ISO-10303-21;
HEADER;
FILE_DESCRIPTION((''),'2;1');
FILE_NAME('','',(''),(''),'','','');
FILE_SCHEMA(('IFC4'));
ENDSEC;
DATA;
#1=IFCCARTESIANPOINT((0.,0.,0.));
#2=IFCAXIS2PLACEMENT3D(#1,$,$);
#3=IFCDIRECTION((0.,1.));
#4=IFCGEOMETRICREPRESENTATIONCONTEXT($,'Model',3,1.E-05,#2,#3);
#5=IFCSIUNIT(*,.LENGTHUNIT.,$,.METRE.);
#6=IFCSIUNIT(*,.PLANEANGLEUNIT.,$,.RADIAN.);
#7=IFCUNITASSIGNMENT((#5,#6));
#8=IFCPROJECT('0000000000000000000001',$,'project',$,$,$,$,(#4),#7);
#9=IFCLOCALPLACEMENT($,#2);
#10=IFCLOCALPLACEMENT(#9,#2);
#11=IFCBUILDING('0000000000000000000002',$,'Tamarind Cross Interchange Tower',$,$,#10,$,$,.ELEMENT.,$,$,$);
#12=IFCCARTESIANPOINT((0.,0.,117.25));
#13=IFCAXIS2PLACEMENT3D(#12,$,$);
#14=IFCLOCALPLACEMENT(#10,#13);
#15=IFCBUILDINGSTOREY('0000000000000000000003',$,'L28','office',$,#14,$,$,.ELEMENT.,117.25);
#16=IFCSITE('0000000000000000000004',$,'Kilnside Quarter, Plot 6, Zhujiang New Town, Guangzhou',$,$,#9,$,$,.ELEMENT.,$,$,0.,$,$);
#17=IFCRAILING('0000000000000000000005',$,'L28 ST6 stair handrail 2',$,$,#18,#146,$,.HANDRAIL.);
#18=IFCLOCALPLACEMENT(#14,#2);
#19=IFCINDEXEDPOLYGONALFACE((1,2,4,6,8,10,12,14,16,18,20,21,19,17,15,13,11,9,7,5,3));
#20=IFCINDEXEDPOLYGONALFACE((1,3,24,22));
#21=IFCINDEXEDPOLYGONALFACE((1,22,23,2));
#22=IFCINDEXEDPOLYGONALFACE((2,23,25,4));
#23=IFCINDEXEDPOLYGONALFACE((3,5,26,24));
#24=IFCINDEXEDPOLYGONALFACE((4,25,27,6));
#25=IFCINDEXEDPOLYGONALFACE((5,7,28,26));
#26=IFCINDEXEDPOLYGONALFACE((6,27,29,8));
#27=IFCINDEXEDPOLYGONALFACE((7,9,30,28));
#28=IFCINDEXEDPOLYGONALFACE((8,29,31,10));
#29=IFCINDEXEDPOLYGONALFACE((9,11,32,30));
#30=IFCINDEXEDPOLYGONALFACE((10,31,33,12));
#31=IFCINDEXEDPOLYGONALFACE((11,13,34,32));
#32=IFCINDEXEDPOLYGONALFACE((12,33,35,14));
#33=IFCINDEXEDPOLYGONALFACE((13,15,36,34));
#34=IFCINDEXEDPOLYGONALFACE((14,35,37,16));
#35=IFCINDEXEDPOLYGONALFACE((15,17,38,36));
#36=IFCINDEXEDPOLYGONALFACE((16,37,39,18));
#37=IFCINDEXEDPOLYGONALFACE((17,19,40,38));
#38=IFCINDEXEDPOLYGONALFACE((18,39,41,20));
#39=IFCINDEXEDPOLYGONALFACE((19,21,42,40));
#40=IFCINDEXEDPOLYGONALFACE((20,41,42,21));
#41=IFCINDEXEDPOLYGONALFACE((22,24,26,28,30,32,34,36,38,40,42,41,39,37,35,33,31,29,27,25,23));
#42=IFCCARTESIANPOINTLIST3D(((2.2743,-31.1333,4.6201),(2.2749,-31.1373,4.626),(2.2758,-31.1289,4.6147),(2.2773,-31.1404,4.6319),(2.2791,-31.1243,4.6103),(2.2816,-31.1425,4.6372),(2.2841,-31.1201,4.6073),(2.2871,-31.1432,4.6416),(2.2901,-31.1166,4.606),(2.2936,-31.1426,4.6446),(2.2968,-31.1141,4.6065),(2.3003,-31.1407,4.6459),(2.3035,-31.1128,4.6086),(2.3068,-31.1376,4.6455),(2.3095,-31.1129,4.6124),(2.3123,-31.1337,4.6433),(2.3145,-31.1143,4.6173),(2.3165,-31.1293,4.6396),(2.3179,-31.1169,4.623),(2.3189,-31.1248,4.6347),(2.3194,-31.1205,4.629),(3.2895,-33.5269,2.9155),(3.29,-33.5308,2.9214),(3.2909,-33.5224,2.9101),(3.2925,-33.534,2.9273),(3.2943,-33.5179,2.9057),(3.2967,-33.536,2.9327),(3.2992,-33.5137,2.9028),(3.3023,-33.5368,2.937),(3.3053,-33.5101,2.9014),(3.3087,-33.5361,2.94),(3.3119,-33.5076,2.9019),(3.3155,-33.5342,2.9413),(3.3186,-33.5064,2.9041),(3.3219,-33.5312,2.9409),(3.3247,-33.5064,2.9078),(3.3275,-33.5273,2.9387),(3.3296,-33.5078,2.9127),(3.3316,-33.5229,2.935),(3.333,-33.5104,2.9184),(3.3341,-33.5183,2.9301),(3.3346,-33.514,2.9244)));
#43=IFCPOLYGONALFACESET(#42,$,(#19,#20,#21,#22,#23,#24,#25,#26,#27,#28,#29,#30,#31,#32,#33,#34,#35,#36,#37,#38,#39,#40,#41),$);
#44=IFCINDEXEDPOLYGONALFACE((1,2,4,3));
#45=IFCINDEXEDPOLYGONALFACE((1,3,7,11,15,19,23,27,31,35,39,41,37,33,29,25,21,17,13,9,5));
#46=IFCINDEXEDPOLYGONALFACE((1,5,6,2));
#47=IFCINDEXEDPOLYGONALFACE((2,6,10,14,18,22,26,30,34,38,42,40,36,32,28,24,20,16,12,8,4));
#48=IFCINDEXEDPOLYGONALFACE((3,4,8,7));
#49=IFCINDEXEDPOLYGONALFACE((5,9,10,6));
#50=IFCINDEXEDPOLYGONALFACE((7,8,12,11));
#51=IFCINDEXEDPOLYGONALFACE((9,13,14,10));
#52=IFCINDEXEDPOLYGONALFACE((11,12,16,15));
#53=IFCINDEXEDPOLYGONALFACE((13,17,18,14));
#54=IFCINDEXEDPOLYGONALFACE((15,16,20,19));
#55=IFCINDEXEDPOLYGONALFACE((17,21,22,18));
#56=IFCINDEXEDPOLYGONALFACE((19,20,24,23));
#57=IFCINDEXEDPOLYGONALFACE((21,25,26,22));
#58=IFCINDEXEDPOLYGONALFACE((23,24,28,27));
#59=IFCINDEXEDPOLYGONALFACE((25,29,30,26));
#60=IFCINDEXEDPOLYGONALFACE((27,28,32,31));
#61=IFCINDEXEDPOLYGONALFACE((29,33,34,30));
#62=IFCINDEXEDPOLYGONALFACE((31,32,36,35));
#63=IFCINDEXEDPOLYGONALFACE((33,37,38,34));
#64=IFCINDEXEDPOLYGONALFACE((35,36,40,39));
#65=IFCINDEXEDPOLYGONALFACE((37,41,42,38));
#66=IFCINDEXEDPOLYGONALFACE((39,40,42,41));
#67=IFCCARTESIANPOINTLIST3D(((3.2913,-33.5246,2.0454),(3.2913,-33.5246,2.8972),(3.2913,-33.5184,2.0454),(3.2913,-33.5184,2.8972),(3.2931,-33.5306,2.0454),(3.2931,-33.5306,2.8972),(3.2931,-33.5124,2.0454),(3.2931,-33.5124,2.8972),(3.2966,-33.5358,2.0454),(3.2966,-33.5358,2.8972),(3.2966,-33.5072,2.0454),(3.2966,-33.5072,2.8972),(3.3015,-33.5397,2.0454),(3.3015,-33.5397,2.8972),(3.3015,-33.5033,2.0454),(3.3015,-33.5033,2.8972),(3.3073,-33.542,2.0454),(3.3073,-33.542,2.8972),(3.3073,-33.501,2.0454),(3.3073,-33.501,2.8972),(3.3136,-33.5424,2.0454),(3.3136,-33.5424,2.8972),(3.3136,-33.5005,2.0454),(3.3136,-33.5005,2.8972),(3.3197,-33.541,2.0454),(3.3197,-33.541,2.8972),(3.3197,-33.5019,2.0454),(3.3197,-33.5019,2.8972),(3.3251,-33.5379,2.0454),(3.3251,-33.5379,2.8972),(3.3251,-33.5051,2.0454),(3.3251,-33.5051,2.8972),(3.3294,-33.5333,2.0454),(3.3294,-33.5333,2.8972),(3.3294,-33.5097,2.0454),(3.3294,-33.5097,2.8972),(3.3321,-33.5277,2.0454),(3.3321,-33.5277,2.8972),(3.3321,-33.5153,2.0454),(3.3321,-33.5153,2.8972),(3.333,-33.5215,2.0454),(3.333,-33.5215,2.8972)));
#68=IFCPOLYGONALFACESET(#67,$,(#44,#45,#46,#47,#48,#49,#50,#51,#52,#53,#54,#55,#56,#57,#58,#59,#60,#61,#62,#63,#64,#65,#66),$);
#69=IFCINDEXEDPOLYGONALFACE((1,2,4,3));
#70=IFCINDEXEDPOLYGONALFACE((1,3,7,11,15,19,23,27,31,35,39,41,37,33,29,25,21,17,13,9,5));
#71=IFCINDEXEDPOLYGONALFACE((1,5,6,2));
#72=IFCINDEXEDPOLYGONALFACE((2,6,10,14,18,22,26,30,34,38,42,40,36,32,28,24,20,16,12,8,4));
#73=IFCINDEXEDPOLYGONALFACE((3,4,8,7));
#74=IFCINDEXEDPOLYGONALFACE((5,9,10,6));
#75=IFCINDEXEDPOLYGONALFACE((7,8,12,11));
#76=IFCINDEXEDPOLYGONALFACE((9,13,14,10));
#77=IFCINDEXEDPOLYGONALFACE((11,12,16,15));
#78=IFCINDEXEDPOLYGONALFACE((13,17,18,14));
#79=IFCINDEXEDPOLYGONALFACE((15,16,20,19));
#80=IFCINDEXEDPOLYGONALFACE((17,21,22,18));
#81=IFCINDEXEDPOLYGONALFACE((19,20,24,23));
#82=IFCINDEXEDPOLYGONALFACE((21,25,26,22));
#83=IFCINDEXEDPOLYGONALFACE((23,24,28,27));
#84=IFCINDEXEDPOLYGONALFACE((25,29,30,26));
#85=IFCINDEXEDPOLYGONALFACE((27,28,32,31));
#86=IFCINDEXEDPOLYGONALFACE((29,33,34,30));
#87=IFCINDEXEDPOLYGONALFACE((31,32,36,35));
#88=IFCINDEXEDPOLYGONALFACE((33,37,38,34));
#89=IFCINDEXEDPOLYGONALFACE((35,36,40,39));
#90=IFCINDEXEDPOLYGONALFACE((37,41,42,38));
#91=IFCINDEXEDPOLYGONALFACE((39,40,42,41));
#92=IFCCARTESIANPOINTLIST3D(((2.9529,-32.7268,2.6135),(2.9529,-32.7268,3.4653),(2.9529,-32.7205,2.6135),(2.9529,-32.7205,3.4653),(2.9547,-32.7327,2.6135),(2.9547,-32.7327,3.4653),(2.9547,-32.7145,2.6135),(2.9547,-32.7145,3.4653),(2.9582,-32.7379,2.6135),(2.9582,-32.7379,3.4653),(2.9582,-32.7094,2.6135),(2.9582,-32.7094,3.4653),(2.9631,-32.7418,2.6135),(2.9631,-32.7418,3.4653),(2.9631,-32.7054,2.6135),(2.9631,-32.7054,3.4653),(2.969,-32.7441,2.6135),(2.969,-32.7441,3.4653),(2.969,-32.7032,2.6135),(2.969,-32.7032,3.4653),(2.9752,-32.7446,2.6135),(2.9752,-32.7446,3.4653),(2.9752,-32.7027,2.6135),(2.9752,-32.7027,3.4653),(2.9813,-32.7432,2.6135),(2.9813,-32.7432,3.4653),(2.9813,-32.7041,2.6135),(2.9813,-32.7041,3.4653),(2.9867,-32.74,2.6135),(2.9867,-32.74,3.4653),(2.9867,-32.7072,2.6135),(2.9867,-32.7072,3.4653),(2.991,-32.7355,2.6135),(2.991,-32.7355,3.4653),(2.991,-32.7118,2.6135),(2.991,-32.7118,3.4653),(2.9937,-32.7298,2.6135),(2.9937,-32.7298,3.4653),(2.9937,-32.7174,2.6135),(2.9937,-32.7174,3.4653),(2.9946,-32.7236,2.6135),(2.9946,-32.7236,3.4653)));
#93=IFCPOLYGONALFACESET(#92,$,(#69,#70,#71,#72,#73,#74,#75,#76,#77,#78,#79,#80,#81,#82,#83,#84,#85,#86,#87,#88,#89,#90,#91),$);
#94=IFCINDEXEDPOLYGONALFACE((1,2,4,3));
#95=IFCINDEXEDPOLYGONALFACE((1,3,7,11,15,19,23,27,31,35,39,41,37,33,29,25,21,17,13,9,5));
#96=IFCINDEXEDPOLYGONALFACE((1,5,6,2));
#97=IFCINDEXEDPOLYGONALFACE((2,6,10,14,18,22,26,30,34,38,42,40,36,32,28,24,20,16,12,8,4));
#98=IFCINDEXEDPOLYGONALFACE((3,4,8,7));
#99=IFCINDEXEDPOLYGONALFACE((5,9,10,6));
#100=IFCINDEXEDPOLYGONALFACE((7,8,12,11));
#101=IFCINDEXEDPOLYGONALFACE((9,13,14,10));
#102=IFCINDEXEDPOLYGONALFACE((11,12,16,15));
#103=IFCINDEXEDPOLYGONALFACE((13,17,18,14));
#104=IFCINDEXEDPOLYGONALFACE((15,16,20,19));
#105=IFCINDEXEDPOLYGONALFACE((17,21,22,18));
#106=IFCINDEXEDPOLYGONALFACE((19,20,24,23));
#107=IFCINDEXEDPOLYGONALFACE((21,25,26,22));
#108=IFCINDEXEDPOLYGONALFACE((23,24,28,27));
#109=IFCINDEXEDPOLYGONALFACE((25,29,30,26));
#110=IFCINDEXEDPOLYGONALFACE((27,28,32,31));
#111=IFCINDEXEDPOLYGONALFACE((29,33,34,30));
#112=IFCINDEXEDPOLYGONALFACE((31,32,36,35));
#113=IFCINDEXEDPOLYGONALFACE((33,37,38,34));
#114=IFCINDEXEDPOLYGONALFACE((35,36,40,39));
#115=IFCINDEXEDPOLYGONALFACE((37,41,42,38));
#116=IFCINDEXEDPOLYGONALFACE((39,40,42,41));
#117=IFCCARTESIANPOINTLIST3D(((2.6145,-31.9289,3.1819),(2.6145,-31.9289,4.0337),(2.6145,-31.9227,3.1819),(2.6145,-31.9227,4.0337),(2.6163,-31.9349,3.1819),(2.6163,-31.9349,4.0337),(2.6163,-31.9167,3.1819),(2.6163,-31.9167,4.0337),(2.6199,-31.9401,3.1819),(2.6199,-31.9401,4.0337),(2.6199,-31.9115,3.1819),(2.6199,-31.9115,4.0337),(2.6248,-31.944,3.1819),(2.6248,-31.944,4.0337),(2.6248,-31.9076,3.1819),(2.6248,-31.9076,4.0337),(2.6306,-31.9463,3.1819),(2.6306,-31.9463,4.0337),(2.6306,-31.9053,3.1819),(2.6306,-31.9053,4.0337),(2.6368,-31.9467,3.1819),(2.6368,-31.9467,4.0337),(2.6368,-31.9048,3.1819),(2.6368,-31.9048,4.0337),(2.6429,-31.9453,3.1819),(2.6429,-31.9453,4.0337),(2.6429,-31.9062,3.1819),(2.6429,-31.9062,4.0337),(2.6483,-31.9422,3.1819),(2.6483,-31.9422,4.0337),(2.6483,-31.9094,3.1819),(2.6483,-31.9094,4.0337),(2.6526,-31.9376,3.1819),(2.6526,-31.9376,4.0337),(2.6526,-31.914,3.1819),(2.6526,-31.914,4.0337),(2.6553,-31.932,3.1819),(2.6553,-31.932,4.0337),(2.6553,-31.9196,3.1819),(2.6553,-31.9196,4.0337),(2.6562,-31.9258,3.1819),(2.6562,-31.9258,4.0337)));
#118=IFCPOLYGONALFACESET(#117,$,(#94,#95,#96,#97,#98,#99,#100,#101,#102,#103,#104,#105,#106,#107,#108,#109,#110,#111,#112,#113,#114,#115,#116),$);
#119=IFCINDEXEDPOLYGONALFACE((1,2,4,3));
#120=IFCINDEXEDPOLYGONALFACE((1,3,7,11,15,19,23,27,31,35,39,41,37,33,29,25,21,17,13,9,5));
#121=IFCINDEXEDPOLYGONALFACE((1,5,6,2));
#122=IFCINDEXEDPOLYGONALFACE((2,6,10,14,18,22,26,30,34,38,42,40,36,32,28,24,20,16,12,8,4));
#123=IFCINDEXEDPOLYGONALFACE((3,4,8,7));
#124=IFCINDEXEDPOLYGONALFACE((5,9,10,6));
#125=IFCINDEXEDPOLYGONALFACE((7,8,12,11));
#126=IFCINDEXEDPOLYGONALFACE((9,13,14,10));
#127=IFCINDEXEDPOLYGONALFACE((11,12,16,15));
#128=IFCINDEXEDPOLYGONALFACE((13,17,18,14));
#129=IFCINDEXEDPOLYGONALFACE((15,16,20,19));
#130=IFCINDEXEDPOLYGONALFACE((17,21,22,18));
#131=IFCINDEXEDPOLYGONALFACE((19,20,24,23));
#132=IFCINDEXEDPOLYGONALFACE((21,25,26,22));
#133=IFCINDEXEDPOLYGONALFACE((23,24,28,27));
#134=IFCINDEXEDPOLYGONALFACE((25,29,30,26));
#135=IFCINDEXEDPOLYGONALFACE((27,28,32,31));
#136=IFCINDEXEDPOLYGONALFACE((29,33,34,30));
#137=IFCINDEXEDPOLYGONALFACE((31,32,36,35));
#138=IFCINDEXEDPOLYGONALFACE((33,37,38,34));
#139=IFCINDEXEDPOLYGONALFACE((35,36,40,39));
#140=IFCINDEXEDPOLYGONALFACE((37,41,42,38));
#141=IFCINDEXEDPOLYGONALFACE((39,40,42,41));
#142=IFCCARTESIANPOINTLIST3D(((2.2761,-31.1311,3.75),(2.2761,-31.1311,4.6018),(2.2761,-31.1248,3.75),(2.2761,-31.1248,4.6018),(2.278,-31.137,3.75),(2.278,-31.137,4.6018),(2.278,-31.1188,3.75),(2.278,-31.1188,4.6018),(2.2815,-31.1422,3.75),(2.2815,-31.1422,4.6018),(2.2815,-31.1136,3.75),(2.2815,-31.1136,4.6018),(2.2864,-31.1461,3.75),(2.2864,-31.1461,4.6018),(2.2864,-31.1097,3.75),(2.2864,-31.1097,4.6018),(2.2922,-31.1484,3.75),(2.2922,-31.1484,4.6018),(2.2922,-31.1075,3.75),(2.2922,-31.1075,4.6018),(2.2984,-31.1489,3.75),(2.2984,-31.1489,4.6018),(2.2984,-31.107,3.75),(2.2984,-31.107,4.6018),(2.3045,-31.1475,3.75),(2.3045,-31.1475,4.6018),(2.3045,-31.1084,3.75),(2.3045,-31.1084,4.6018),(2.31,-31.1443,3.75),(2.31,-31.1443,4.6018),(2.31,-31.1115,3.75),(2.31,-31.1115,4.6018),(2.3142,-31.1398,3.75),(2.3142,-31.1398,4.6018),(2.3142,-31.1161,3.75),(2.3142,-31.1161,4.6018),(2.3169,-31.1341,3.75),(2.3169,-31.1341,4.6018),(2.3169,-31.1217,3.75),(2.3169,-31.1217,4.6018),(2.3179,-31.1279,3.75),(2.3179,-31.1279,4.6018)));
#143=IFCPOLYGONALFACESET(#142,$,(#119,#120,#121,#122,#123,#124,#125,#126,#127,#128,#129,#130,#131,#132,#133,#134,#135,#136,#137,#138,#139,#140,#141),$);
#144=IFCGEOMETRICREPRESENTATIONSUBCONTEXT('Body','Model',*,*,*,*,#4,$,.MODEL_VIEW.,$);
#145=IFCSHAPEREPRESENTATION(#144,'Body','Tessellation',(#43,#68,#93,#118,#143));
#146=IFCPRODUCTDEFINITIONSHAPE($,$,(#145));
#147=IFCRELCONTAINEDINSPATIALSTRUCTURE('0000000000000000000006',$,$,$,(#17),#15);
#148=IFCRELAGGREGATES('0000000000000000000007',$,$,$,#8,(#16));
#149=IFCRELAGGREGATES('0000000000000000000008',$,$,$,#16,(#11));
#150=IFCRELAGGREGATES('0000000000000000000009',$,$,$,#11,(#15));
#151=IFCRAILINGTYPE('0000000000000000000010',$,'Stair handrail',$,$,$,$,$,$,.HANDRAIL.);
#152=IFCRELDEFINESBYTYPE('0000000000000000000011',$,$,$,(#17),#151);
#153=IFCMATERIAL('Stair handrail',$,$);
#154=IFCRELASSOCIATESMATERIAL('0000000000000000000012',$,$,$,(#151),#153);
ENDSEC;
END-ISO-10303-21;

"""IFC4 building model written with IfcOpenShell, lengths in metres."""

from ifc_helpers import new_model, si_unit, direction, frame, origin, origin_2d, place, context, subcontext, project, spatial, circle, extrude, material, type_object, element, save


model = new_model("IFC4")

# Units and contexts
model_context = context("Model", 3, precision=1e-05, world=origin(), true_north=direction((0.0, 1.0)))
body_context = subcontext(model_context, "Body", "Model", "MODEL_VIEW")
ifc_project = project(units=[si_unit("LENGTHUNIT", "METRE"), si_unit("PLANEANGLEUNIT", "RADIAN")], contexts=[model_context])

# Site, building, storey
site_placement = place(None, origin())
site = spatial("IfcSite", under=ifc_project, at=site_placement, Name="Kilnside Quarter, Plot 6, Zhujiang New Town, Guangzhou", CompositionType="ELEMENT", RefElevation=0.0)
building_placement = place(site_placement, origin())
building = spatial("IfcBuilding", under=site, at=building_placement, Name="Tamarind Cross Interchange Tower", CompositionType="ELEMENT")
storey_placement = place(building_placement, frame((0.0, 0.0, 117.25)))
storey = spatial("IfcBuildingStorey", under=building, at=storey_placement, Name="L28", Description="office", CompositionType="ELEMENT", Elevation=117.25)

# Railing
ifc_material_1 = material(Name="Stair handrail")
railing_type_1 = type_object("IfcRailingType", Name="Stair handrail", PredefinedType="HANDRAIL", material=ifc_material_1)
railing_1_placement = place(storey_placement, frame((3.312, -33.5215, 2.0454)))
element("IfcRailing", 1, at=railing_1_placement, inside=storey, type_object=railing_type_1, Name="L28 ST6 stair handrail 2", PredefinedType="HANDRAIL", context=body_context, shape_type="SweptSolid", body=[
    extrude(circle(Radius=0.0239, at=origin_2d()), frame((0.0, 0.0, 0.876), z_axis=(-0.326526, 0.769905, 0.548294), x_axis=(-0.920625, -0.390449, 0.0)), (0.0, 0.0, 1.0), 3.1089),
    extrude(circle(Radius=0.021, at=origin_2d()), origin(), (0.0, 0.0, 1.0), 0.8518),
    extrude(circle(Radius=0.021, at=origin_2d()), frame((-0.3384, 0.7979, 0.5681)), (0.0, 0.0, 1.0), 0.8518),
    extrude(circle(Radius=0.021, at=origin_2d()), frame((-0.6768, 1.5957, 1.1365)), (0.0, 0.0, 1.0), 0.8518),
    extrude(circle(Radius=0.021, at=origin_2d()), frame((-1.0151, 2.3936, 1.7046)), (0.0, 0.0, 1.0), 0.8518),
])

save(model, "model.ifc")
